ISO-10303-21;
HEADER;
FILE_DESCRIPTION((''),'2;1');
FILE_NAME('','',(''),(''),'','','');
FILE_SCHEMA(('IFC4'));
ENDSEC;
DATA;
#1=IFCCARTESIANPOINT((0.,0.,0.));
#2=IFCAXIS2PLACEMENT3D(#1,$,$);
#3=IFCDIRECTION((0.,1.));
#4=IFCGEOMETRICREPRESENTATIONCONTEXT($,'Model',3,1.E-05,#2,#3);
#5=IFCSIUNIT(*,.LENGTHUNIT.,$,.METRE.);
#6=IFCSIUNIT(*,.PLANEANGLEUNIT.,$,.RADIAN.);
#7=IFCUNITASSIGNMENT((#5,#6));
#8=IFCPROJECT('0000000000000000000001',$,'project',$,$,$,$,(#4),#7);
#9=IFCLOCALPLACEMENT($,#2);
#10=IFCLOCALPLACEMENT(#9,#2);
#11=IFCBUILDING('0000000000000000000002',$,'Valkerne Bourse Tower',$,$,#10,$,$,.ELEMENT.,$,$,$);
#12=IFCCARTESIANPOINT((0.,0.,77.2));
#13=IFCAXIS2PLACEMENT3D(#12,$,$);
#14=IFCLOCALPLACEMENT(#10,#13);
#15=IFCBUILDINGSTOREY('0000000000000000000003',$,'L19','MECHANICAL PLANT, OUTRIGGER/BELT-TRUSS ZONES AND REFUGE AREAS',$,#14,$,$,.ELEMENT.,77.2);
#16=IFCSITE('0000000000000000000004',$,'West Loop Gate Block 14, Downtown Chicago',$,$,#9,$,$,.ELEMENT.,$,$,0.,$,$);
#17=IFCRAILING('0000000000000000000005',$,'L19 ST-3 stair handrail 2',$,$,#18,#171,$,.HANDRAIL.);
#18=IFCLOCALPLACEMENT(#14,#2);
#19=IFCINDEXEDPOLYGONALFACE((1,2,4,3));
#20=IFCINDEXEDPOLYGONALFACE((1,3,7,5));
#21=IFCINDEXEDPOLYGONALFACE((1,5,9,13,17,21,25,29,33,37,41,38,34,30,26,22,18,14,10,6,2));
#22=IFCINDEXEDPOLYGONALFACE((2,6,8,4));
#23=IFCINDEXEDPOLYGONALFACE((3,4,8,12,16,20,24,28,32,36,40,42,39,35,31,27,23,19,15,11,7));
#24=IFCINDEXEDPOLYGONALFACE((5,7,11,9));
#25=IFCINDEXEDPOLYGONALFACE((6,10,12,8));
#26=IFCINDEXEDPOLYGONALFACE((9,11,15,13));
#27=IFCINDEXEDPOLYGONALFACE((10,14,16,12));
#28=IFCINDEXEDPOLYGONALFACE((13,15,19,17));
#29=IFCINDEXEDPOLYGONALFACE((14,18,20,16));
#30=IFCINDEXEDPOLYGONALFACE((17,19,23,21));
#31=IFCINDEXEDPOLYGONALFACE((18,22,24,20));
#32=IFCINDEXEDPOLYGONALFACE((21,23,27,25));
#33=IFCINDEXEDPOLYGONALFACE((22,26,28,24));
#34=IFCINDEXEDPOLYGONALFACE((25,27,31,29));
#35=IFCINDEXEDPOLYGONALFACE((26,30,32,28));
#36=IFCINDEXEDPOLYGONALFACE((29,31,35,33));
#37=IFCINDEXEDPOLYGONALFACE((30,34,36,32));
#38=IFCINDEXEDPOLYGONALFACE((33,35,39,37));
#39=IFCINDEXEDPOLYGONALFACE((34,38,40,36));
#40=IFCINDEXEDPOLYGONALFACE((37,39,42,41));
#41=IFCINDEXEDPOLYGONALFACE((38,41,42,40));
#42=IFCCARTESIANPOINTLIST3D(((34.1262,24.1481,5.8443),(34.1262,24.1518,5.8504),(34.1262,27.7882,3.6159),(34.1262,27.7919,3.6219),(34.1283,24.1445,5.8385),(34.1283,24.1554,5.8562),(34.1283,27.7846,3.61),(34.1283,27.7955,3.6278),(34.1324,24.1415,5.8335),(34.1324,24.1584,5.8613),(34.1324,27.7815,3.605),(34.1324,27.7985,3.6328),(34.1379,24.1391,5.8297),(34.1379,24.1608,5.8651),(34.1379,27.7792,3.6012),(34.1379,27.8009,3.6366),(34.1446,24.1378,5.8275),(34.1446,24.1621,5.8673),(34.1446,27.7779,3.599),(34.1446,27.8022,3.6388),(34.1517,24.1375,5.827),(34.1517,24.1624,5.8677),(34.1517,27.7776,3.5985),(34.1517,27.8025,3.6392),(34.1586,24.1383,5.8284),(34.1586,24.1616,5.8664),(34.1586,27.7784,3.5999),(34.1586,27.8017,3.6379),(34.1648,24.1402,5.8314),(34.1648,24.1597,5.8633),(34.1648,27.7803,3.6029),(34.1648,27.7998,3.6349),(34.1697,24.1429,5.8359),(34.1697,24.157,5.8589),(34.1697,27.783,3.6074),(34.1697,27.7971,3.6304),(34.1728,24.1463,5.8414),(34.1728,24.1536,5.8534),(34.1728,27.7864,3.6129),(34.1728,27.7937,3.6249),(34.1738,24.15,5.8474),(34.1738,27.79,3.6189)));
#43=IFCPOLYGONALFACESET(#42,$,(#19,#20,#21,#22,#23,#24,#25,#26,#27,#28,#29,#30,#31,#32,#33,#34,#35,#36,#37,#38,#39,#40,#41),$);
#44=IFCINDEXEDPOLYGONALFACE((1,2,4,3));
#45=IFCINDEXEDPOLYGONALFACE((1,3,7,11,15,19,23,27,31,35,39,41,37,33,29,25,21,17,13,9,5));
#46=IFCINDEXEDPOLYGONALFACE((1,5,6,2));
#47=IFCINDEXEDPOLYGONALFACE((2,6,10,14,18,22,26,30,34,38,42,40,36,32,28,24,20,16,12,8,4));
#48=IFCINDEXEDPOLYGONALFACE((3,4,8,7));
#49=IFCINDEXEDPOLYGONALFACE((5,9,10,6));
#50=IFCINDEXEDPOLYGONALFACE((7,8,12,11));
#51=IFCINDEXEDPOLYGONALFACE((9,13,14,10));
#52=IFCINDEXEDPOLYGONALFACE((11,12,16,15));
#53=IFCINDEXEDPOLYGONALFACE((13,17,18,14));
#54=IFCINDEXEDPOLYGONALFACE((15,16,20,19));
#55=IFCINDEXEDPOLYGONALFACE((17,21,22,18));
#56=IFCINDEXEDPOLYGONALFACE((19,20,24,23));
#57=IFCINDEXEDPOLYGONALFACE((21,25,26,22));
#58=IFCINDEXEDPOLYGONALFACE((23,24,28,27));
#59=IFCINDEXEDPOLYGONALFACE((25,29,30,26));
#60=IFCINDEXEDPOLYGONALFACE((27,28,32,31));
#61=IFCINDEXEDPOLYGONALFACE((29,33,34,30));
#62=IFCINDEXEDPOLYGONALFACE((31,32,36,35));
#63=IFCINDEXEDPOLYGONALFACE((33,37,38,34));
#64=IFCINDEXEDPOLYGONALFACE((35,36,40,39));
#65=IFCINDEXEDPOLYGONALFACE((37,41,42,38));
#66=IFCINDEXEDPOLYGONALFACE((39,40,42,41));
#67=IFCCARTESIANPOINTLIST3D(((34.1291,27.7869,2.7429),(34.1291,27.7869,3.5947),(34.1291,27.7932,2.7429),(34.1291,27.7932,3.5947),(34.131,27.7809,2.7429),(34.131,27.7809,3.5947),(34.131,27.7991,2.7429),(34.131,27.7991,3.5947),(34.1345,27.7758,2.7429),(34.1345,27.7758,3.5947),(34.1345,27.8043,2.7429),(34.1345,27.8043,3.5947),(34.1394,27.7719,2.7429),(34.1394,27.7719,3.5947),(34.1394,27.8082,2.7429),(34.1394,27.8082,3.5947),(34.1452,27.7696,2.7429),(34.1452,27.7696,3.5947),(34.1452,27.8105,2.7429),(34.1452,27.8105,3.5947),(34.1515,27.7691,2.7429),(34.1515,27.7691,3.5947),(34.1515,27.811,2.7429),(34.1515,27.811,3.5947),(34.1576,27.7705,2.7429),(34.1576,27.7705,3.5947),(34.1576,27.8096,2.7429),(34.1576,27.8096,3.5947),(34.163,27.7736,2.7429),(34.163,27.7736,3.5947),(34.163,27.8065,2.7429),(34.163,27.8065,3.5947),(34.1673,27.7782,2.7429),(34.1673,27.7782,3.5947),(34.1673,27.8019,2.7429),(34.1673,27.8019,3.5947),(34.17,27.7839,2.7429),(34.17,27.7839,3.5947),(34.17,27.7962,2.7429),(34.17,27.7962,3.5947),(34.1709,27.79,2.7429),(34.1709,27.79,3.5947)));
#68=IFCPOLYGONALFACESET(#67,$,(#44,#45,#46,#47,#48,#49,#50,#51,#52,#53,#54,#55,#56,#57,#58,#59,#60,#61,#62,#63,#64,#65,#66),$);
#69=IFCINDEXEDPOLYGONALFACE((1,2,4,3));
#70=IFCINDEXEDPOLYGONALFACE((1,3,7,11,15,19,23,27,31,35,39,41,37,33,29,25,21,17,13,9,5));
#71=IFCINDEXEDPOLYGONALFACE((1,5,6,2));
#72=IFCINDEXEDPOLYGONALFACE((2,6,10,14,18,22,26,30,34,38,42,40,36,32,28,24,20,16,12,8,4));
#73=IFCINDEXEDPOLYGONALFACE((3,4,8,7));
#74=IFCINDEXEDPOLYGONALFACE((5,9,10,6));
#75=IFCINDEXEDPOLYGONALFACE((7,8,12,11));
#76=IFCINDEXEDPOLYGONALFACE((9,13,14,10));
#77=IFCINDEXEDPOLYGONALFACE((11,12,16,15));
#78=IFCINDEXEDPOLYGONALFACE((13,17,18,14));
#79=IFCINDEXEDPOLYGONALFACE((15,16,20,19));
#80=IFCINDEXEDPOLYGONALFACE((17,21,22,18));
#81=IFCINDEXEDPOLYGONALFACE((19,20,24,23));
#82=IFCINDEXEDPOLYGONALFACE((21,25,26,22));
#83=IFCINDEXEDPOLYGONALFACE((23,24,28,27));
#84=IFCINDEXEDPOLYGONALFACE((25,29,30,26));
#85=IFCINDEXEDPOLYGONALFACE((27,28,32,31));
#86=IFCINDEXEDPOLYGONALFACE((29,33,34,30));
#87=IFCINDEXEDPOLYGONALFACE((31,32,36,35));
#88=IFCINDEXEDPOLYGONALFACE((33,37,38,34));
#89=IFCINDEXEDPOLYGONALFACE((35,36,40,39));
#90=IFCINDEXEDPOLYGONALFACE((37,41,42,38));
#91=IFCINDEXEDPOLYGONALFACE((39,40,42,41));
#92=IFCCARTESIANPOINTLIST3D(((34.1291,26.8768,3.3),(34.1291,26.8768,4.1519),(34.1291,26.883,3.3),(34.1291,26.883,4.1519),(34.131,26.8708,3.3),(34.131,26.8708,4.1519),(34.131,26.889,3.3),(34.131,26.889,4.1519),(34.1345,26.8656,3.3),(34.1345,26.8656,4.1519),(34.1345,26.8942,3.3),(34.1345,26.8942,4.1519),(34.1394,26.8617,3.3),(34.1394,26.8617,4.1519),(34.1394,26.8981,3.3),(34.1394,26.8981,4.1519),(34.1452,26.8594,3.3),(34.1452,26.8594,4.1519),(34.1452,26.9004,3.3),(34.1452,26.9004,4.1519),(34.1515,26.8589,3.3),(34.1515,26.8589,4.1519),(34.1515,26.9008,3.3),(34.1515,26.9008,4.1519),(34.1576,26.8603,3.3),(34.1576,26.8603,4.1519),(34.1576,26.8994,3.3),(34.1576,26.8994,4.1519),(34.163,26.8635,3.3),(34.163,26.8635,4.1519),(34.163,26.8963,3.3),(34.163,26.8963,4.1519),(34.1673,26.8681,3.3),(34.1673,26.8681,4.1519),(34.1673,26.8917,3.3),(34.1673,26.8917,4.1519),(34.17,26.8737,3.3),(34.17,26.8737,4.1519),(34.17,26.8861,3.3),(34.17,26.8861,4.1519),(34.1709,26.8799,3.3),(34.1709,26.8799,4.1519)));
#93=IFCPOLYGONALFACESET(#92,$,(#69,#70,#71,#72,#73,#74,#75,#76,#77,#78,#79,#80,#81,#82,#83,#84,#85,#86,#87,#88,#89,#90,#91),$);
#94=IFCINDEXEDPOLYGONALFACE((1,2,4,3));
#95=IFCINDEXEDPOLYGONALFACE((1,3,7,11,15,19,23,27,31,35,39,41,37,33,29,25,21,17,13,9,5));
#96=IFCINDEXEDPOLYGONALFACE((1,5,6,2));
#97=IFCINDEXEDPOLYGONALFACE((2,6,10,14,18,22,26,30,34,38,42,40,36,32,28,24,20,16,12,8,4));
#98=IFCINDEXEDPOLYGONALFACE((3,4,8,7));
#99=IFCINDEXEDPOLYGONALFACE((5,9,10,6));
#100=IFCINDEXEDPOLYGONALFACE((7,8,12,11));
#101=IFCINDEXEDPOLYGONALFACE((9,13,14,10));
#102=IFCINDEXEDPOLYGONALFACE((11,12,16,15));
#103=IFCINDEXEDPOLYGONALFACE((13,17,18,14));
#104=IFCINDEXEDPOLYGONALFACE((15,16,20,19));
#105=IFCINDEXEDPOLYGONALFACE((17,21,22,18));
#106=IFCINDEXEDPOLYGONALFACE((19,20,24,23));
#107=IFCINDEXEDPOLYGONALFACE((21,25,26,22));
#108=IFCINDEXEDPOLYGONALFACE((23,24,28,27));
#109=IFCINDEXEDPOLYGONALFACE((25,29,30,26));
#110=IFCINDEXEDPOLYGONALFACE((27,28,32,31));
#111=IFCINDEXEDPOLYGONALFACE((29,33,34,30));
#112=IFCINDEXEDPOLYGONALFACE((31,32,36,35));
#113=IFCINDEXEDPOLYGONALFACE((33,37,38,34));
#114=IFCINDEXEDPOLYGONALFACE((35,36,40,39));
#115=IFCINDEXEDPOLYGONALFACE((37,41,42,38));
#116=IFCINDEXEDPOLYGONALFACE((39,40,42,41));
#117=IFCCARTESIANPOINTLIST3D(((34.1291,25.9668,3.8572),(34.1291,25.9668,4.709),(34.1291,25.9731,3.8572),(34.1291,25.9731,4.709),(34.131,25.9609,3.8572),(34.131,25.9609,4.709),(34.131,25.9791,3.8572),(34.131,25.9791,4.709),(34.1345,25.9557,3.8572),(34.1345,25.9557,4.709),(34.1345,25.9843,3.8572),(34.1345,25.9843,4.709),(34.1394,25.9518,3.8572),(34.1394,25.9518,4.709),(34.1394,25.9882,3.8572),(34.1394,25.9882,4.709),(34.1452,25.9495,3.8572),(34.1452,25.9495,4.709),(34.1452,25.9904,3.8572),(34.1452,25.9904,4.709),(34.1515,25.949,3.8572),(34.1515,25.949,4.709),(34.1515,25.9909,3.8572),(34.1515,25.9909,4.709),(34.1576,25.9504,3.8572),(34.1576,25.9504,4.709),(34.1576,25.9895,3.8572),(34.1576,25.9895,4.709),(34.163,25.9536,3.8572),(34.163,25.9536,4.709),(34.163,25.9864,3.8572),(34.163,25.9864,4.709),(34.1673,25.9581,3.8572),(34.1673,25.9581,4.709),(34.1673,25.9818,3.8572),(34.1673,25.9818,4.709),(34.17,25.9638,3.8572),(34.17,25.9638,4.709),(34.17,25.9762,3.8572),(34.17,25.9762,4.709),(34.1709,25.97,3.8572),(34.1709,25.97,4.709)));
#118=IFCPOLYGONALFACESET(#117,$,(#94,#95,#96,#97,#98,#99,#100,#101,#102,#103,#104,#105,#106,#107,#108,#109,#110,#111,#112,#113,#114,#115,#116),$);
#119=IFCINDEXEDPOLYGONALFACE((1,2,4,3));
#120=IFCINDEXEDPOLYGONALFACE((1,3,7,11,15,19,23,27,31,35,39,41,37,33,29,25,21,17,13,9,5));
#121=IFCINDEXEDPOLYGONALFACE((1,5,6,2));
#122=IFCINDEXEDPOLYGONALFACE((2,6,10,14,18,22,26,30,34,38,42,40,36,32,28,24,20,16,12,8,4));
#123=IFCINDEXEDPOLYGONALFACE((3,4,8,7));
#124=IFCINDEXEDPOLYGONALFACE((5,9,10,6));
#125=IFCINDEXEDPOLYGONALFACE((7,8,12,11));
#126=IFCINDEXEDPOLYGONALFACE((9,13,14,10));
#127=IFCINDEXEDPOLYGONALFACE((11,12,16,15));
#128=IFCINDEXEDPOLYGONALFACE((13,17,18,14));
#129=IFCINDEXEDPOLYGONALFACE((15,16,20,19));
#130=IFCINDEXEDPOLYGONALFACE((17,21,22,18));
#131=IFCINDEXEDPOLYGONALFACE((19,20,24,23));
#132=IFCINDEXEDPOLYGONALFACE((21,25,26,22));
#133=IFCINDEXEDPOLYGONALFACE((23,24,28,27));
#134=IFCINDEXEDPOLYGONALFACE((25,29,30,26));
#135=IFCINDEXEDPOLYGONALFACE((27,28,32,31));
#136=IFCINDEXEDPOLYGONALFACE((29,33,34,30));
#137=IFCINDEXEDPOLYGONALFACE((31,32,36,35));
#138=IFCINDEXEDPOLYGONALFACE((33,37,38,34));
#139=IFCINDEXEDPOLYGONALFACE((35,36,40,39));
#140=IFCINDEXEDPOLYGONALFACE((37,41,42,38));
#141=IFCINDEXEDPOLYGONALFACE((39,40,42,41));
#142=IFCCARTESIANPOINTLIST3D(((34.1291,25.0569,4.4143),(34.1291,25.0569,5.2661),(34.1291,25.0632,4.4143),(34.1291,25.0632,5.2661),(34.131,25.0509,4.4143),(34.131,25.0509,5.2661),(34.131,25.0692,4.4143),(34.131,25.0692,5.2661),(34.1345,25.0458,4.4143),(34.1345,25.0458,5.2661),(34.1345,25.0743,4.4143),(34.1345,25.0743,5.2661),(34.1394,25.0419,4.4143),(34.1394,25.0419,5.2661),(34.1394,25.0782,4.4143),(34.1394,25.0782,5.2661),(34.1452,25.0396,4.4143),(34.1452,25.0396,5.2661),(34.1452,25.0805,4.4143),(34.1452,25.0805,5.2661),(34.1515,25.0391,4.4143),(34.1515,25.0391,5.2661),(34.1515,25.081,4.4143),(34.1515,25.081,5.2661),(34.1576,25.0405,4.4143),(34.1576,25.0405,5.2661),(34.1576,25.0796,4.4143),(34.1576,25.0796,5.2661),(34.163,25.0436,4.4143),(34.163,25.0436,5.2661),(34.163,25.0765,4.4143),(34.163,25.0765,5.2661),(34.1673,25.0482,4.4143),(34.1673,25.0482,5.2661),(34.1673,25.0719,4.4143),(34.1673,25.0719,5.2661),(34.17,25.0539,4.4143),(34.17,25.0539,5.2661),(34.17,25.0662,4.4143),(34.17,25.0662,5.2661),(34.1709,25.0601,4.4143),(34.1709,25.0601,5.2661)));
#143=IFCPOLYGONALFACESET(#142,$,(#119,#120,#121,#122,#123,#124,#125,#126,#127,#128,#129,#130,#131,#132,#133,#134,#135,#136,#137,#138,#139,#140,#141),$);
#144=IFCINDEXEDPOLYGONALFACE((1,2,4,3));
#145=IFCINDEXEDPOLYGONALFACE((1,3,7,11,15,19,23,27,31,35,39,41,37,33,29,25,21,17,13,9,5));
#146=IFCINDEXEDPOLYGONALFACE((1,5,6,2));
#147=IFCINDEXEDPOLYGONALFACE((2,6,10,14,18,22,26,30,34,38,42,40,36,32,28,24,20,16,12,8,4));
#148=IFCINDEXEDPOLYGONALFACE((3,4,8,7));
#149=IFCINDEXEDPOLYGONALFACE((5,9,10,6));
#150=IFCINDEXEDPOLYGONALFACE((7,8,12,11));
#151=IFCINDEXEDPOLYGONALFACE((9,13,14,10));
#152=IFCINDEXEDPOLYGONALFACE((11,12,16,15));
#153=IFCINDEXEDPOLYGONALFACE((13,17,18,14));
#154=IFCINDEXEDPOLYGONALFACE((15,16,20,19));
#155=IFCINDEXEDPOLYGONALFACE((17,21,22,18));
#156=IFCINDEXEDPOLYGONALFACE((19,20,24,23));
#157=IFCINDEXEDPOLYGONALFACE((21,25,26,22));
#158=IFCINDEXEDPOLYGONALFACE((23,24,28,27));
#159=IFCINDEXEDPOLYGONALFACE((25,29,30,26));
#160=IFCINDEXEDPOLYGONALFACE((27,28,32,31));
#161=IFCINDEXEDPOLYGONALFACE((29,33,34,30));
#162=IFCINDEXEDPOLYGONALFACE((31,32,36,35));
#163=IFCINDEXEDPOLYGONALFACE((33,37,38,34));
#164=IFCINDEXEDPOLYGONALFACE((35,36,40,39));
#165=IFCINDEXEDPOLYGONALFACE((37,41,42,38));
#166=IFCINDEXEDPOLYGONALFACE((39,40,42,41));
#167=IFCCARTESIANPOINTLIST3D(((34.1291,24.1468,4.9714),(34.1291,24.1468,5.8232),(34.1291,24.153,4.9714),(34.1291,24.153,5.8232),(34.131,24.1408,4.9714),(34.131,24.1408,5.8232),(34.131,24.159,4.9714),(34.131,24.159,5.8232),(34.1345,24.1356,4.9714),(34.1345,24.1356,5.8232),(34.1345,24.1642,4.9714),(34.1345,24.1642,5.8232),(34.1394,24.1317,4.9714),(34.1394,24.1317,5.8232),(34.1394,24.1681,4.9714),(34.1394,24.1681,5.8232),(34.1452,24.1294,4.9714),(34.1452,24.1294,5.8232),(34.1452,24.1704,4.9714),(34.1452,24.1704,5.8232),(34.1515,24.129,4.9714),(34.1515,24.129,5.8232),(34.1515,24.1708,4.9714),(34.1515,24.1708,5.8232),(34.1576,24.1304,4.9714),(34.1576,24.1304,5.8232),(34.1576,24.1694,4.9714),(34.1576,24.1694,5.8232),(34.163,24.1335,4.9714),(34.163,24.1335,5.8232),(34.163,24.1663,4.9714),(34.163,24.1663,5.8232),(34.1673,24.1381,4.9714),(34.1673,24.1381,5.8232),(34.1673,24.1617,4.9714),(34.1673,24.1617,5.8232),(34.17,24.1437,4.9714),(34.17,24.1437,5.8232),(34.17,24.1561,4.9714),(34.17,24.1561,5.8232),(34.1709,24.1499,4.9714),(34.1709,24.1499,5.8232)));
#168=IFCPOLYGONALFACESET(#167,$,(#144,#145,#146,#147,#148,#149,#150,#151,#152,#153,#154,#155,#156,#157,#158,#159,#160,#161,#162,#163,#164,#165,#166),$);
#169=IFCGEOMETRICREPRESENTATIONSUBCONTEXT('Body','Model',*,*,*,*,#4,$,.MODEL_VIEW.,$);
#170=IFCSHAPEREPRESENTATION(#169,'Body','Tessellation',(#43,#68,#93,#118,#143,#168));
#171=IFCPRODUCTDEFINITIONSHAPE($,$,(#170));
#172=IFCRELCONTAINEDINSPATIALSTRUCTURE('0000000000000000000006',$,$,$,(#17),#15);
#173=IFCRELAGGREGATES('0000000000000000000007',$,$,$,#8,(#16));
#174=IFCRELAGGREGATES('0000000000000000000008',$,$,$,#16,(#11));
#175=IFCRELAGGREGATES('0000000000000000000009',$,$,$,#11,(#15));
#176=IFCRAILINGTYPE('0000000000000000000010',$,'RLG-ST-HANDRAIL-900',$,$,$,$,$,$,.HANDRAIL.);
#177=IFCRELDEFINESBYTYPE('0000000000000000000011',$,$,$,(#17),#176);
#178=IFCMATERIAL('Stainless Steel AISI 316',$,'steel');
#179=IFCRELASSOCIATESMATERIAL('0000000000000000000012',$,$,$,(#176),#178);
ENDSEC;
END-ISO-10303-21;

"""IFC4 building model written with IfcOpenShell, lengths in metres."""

from ifc_helpers import new_model, si_unit, direction, frame, origin, origin_2d, place, context, subcontext, project, spatial, circle, extrude, material, type_object, element, save


model = new_model("IFC4")

# Units and contexts
model_context = context("Model", 3, precision=1e-05, world=origin(), true_north=direction((0.0, 1.0)))
body_context = subcontext(model_context, "Body", "Model", "MODEL_VIEW")
ifc_project = project(units=[si_unit("LENGTHUNIT", "METRE"), si_unit("PLANEANGLEUNIT", "RADIAN")], contexts=[model_context])

# Site, building, storey
site_placement = place(None, origin())
site = spatial("IfcSite", under=ifc_project, at=site_placement, Name="West Loop Gate Block 14, Downtown Chicago", CompositionType="ELEMENT", RefElevation=0.0)
building_placement = place(site_placement, origin())
building = spatial("IfcBuilding", under=site, at=building_placement, Name="Valkerne Bourse Tower", CompositionType="ELEMENT")
storey_placement = place(building_placement, frame((0.0, 0.0, 77.2)))
storey = spatial("IfcBuildingStorey", under=building, at=storey_placement, Name="L19", Description="MECHANICAL PLANT, OUTRIGGER/BELT-TRUSS ZONES AND REFUGE AREAS", CompositionType="ELEMENT", Elevation=77.2)

# Railing
ifc_material_1 = material(Name="Stainless Steel AISI 316", Category="steel")
railing_type_1 = type_object("IfcRailingType", Name="RLG-ST-HANDRAIL-900", PredefinedType="HANDRAIL", material=ifc_material_1)
railing_1_placement = place(storey_placement, frame((34.1499, 27.79, 2.7429)))
element("IfcRailing", 1, at=railing_1_placement, inside=storey, type_object=railing_type_1, Name="L19 ST-3 stair handrail 2", PredefinedType="HANDRAIL", context=body_context, shape_type="SweptSolid", body=[
    extrude(circle(Radius=0.0239, at=origin_2d()), frame((0.0, 0.0, 0.876), z_axis=(0.0, -0.852866, 0.52213), x_axis=(1.0, 0.0, 0.0)), (0.0, 0.0, 1.0), 4.2681),
    extrude(circle(Radius=0.021, at=origin_2d()), origin(), (0.0, 0.0, 1.0), 0.8518),
    extrude(circle(Radius=0.021, at=origin_2d()), frame((0.0, -0.9102, 0.5571)), (0.0, 0.0, 1.0), 0.8518),
    extrude(circle(Radius=0.021, at=origin_2d()), frame((0.0, -1.8201, 1.1143)), (0.0, 0.0, 1.0), 0.8518),
    extrude(circle(Radius=0.021, at=origin_2d()), frame((0.0, -2.73, 1.6714)), (0.0, 0.0, 1.0), 0.8518),
    extrude(circle(Radius=0.021, at=origin_2d()), frame((0.0, -3.6401, 2.2285)), (0.0, 0.0, 1.0), 0.8518),
])

save(model, "model.ifc")
